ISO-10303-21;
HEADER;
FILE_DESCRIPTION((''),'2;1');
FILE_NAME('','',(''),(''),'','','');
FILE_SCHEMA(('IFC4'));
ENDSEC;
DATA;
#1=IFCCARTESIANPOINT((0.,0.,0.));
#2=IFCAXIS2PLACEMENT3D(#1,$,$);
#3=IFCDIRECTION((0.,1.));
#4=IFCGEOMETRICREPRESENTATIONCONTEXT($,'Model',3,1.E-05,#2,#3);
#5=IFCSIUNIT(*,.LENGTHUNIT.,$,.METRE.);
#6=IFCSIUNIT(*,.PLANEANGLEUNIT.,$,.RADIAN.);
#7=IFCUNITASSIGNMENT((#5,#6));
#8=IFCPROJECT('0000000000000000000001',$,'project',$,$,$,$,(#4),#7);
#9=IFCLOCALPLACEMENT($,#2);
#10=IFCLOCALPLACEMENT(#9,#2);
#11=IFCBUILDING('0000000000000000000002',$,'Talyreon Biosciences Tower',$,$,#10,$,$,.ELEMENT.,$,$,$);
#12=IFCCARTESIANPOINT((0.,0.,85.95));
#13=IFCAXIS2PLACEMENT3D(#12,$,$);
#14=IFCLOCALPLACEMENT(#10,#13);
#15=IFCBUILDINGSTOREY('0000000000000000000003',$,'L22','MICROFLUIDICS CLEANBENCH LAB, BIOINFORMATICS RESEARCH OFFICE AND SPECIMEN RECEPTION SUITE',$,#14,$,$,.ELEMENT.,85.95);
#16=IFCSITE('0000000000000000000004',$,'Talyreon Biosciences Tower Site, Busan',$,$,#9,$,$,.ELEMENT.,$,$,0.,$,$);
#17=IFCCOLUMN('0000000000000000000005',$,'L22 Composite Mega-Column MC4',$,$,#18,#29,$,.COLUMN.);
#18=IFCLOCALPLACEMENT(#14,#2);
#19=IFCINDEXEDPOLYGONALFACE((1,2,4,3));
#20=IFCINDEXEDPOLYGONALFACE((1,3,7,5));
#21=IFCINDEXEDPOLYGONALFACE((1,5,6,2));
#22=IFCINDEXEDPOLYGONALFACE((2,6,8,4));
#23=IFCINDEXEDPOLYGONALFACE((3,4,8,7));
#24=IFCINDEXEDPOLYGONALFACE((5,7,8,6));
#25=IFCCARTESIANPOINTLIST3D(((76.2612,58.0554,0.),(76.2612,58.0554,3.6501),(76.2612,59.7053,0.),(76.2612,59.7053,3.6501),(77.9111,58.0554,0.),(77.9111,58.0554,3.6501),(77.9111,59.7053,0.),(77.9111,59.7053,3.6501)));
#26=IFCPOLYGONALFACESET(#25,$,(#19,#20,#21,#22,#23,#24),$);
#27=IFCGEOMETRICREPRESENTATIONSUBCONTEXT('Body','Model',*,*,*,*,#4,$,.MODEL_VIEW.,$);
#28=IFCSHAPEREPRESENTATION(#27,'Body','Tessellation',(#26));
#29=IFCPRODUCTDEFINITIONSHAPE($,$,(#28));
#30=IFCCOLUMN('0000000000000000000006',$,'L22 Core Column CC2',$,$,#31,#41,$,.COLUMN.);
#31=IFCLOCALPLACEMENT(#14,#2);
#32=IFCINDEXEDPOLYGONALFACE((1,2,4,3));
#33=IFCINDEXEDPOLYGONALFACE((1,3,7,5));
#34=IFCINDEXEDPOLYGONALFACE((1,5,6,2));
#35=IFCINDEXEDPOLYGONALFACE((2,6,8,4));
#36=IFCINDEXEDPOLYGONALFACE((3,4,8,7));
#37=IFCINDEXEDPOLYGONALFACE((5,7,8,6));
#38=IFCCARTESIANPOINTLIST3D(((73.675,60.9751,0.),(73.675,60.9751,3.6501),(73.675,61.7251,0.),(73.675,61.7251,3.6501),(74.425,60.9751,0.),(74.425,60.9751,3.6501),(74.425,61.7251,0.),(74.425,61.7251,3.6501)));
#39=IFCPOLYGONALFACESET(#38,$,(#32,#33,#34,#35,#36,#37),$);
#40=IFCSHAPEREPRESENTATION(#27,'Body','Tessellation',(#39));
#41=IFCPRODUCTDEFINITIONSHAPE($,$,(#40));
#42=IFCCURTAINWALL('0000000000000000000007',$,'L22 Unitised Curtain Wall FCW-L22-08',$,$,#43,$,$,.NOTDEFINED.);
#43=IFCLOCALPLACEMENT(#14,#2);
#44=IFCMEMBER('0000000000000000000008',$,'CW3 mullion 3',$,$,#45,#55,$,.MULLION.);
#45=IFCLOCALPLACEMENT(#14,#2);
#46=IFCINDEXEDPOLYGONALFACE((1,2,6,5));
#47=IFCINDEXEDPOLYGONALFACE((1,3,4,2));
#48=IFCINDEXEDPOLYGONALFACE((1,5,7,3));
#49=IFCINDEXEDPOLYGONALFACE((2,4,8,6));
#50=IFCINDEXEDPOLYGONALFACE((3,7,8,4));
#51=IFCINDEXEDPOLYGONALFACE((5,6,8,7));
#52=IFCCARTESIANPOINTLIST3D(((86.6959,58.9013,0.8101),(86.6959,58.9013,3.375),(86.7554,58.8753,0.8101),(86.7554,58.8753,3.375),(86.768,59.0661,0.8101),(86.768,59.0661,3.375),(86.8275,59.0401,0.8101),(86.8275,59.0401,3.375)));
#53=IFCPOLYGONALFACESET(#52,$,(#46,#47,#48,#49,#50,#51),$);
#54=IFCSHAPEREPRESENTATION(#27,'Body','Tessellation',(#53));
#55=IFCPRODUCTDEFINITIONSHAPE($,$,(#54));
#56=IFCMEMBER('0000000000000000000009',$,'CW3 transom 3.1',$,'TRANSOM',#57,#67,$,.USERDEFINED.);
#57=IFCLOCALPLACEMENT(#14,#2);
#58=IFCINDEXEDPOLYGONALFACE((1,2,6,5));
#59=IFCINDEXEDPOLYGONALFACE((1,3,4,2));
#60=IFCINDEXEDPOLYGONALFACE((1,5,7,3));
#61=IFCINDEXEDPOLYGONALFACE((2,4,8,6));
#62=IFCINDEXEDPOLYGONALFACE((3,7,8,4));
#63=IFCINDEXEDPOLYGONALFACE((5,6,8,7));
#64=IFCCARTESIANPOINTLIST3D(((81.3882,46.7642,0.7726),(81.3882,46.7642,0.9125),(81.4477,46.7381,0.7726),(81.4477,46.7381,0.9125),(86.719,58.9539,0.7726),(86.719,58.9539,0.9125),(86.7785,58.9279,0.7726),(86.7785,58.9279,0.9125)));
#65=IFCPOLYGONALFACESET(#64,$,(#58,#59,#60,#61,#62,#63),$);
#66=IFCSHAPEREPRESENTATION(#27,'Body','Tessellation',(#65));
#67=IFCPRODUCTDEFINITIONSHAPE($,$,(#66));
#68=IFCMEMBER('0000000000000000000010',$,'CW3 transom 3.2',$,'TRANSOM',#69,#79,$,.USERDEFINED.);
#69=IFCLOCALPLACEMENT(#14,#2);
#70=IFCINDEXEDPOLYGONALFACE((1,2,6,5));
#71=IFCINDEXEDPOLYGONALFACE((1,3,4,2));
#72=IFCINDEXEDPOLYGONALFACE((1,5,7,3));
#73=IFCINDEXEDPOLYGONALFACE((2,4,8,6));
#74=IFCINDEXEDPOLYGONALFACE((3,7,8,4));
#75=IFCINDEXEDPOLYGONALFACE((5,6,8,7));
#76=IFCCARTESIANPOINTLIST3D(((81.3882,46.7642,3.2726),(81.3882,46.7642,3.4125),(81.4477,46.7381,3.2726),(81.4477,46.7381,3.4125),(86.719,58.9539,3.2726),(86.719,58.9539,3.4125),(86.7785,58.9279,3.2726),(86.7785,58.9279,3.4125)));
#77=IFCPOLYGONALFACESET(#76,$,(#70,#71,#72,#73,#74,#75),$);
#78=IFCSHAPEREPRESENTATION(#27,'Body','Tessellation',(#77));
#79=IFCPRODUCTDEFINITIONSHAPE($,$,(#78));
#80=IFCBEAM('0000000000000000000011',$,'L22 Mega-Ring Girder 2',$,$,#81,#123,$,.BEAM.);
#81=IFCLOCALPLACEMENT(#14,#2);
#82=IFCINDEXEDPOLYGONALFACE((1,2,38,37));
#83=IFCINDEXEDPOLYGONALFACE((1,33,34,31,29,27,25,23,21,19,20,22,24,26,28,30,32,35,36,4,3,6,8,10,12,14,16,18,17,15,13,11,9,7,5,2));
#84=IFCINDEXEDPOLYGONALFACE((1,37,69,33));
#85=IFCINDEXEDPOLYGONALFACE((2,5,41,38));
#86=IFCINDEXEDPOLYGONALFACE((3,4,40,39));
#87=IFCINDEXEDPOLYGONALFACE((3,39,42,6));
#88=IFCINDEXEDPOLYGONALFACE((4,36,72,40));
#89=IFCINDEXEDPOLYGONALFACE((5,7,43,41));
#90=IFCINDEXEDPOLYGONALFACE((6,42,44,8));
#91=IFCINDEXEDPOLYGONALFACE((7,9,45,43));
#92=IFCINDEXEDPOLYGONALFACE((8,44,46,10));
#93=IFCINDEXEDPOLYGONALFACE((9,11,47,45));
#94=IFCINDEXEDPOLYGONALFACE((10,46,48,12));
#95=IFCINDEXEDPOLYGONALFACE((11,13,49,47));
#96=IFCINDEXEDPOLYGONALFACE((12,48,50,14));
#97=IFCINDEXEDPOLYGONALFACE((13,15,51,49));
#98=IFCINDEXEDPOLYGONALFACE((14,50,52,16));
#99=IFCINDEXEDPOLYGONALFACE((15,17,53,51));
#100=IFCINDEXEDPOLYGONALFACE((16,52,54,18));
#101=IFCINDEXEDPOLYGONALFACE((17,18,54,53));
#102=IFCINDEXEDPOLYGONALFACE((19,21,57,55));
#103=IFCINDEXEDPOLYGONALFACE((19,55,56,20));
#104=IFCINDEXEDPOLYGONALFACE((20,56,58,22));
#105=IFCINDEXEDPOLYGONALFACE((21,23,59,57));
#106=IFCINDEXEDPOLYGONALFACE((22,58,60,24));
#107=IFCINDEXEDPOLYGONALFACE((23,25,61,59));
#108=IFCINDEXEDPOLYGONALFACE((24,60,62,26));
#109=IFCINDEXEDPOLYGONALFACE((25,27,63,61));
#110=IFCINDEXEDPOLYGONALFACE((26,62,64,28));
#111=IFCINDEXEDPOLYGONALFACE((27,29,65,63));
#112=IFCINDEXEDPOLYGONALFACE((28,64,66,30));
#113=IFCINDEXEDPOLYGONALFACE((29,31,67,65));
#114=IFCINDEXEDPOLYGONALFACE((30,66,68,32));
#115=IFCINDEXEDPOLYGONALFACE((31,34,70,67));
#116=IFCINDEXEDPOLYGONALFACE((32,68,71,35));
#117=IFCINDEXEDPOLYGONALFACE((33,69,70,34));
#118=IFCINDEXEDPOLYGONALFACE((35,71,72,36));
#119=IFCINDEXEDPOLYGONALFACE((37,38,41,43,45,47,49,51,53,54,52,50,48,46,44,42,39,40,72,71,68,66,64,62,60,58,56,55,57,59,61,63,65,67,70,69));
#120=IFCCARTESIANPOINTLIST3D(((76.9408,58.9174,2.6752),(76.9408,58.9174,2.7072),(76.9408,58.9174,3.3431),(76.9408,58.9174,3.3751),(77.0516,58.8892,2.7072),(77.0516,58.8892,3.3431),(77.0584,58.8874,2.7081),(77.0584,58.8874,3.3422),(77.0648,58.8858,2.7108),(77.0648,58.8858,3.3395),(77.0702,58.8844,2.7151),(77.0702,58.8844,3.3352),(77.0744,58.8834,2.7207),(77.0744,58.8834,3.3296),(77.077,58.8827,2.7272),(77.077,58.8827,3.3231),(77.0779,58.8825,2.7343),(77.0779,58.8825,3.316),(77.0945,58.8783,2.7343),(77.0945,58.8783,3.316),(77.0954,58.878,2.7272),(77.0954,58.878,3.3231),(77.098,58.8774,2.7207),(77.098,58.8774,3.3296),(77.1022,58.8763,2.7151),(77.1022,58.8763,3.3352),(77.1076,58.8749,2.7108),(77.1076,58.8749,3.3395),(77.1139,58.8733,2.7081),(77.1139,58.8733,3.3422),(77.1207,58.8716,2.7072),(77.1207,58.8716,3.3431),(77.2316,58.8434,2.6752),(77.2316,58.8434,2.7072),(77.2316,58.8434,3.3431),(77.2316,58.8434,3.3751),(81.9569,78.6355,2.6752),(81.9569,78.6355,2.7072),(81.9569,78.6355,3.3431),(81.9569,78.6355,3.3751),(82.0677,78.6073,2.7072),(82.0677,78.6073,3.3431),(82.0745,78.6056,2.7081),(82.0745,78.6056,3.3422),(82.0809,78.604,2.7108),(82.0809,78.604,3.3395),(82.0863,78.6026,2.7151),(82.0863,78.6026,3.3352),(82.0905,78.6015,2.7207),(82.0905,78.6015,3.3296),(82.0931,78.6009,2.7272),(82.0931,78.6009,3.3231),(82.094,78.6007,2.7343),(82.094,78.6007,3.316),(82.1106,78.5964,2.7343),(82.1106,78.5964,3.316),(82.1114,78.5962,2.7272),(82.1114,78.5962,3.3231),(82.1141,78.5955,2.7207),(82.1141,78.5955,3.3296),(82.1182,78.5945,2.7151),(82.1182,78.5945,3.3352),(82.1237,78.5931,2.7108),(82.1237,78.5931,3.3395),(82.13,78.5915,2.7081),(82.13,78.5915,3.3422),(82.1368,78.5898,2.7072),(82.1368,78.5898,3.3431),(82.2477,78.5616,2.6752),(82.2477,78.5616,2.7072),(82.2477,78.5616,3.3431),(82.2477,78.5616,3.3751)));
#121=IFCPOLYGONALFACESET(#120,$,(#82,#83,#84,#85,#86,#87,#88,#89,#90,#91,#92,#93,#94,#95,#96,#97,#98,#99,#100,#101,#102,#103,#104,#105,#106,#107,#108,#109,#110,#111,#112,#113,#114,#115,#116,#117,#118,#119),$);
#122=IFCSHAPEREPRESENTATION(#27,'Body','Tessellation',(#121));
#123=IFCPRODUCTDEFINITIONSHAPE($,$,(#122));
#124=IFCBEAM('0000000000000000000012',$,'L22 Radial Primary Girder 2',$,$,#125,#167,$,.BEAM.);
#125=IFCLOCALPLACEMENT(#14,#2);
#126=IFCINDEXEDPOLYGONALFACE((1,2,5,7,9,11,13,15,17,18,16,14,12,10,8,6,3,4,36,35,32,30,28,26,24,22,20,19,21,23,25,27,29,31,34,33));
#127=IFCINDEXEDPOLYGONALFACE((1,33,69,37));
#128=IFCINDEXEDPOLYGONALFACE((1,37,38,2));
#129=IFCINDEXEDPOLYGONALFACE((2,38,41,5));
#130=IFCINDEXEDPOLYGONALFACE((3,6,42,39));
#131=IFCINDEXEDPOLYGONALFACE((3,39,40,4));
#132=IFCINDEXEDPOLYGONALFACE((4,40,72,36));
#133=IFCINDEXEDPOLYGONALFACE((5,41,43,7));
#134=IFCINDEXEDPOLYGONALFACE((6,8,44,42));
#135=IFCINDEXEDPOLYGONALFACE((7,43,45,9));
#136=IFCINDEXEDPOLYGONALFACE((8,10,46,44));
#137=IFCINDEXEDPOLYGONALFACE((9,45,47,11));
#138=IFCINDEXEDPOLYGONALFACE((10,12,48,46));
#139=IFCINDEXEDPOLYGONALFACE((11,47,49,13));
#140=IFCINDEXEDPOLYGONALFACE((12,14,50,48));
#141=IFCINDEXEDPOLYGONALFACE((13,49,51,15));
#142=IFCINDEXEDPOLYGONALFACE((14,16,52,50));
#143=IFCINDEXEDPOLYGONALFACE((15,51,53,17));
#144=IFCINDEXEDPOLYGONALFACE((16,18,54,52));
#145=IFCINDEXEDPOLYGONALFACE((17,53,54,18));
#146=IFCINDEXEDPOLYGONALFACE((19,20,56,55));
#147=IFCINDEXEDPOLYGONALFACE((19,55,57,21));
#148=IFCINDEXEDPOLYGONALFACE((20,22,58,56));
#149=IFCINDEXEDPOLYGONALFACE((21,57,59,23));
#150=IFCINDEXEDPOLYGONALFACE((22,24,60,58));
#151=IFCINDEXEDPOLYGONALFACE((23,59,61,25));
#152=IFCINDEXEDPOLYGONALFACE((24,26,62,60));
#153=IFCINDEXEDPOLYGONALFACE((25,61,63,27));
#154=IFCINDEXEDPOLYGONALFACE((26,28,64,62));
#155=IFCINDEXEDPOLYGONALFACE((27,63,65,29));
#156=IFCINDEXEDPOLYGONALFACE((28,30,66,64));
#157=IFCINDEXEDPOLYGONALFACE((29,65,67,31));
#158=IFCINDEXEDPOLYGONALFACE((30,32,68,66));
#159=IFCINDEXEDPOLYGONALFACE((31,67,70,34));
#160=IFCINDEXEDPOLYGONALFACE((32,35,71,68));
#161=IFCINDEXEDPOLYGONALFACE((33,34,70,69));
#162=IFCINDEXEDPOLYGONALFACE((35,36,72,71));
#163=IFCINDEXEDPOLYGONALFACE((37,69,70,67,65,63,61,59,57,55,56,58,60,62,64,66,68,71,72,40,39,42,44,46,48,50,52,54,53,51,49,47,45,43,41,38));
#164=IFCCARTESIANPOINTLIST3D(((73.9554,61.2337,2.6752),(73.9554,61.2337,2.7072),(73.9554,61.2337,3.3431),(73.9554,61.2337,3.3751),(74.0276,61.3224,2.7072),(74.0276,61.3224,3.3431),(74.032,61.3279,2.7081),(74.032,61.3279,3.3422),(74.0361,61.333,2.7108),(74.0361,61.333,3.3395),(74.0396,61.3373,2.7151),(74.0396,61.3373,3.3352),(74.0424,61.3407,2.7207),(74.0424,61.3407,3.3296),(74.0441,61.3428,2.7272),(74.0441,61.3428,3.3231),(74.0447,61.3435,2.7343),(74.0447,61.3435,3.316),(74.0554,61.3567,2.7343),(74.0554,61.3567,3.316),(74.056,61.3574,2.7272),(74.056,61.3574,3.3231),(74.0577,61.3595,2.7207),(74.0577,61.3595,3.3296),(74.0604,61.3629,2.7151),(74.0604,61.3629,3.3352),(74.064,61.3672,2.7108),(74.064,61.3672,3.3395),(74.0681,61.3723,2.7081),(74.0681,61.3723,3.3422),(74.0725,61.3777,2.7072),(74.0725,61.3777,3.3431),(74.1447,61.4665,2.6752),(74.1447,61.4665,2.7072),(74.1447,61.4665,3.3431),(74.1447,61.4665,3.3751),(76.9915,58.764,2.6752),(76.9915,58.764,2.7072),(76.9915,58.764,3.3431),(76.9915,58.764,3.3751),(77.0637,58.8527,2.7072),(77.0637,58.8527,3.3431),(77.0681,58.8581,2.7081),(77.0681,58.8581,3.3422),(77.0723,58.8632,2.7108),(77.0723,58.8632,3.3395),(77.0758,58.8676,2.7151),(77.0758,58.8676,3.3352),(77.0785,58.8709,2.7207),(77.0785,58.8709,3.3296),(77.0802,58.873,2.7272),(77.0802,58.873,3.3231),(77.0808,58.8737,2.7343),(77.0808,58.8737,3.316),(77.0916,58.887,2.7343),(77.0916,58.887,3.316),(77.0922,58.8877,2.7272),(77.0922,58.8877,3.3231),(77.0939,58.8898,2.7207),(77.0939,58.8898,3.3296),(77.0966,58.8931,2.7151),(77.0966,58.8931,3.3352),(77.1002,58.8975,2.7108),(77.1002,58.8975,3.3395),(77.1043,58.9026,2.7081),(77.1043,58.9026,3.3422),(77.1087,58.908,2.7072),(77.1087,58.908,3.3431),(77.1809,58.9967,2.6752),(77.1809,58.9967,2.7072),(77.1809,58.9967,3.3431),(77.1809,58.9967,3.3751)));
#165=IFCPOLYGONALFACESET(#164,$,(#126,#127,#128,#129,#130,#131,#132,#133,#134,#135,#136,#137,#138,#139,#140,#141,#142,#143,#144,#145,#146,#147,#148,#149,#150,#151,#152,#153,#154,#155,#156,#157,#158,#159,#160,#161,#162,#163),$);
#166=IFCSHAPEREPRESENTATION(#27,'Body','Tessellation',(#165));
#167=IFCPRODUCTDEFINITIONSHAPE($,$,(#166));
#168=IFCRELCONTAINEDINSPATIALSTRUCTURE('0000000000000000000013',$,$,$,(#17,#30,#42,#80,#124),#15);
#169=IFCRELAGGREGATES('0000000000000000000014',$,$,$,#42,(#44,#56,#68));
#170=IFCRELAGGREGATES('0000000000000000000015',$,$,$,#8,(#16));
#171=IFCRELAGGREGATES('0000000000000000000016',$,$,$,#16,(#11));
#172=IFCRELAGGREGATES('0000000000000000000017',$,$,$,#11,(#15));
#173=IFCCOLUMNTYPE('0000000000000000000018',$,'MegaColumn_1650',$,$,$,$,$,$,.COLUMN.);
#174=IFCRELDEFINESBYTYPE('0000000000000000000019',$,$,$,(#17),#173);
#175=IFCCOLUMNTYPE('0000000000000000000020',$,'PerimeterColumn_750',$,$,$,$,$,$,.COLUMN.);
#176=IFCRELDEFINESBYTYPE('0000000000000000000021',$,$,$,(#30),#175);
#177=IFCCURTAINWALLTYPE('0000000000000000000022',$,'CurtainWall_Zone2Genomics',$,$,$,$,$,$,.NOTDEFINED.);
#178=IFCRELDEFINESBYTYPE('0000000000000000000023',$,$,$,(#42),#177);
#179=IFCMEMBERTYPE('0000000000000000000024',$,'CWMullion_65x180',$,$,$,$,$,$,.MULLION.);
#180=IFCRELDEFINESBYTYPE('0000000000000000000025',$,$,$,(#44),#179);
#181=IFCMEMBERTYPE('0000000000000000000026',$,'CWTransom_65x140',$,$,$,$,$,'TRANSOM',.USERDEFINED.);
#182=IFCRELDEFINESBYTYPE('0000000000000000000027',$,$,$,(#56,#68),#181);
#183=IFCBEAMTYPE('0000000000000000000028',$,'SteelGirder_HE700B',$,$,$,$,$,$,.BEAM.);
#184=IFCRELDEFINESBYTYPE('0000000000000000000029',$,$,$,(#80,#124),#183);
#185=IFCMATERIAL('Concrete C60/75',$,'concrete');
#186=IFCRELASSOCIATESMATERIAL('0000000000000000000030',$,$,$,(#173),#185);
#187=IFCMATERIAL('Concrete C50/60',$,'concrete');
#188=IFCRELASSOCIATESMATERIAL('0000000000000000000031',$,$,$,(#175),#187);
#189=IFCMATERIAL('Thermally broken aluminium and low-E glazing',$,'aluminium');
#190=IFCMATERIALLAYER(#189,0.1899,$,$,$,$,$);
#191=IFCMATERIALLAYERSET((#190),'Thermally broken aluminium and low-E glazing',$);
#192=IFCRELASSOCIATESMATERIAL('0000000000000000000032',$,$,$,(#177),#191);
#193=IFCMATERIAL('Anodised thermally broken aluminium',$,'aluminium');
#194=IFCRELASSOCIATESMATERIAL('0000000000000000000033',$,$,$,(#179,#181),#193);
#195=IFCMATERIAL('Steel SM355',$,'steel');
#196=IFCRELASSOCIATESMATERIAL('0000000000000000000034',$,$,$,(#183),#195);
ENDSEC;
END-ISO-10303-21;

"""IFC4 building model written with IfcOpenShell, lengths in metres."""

from ifc_helpers import new_model, si_unit, direction, frame, origin, origin_2d, place, context, subcontext, project, spatial, rectangle, i_section, extrude, material, layer, layer_set, material_profile, profile_set, type_object, element, aggregate, save


model = new_model("IFC4")

# Units and contexts
model_context = context("Model", 3, precision=1e-05, world=origin(), true_north=direction((0.0, 1.0)))
body_context = subcontext(model_context, "Body", "Model", "MODEL_VIEW")
ifc_project = project(units=[si_unit("LENGTHUNIT", "METRE"), si_unit("PLANEANGLEUNIT", "RADIAN")], contexts=[model_context])

# Site, building, storey
site_placement = place(None, origin())
site = spatial("IfcSite", under=ifc_project, at=site_placement, Name="Talyreon Biosciences Tower Site, Busan", CompositionType="ELEMENT", RefElevation=0.0)
building_placement = place(site_placement, origin())
building = spatial("IfcBuilding", under=site, at=building_placement, Name="Talyreon Biosciences Tower", CompositionType="ELEMENT")
storey_placement = place(building_placement, frame((0.0, 0.0, 85.95)))
storey = spatial("IfcBuildingStorey", under=building, at=storey_placement, Name="L22", Description="MICROFLUIDICS CLEANBENCH LAB, BIOINFORMATICS RESEARCH OFFICE AND SPECIMEN RECEPTION SUITE", CompositionType="ELEMENT", Elevation=85.95)

# Columns
ifc_material_1 = material(Name="Concrete C60/75", Category="concrete")
ifc_material_profile_1 = material_profile(ifc_material_1, rectangle(XDim=1.6499, YDim=1.6499, at=origin_2d()), Name="RC 1650x1650")
ifc_profile_set_1 = profile_set([ifc_material_profile_1], Name="Concrete C60/75")
column_type_1 = type_object("IfcColumnType", Name="MegaColumn_1650", PredefinedType="COLUMN", material=ifc_profile_set_1)
column_1_placement = place(storey_placement, frame((77.0862, 58.8804, 0.0), z_axis=(0.0, 0.0, 1.0), x_axis=(1.0, 0.0, 0.0)))
element("IfcColumn", 1, at=column_1_placement, inside=storey, type_object=column_type_1, Name="L22 Composite Mega-Column MC4", PredefinedType="COLUMN", context=body_context, shape_type="SweptSolid", body=[
    extrude(rectangle(XDim=1.6499, YDim=1.6499, at=origin_2d()), origin(), (0.0, 0.0, 1.0), 3.6501),
])
ifc_material_2 = material(Name="Concrete C50/60", Category="concrete")
ifc_material_profile_2 = material_profile(ifc_material_2, rectangle(XDim=0.75, YDim=0.75, at=origin_2d()), Name="RC 750x750")
ifc_profile_set_2 = profile_set([ifc_material_profile_2], Name="Concrete C50/60")
column_type_2 = type_object("IfcColumnType", Name="PerimeterColumn_750", PredefinedType="COLUMN", material=ifc_profile_set_2)
column_2_placement = place(storey_placement, frame((74.05, 61.3501, 0.0), z_axis=(0.0, 0.0, 1.0), x_axis=(1.0, 0.0, 0.0)))
element("IfcColumn", 2, at=column_2_placement, inside=storey, type_object=column_type_2, Name="L22 Core Column CC2", PredefinedType="COLUMN", context=body_context, shape_type="SweptSolid", body=[
    extrude(rectangle(XDim=0.75, YDim=0.75, at=origin_2d()), origin(), (0.0, 0.0, 1.0), 3.6501),
])

# Curtain wall, members
ifc_material_3 = material(Name="Thermally broken aluminium and low-E glazing", Category="aluminium")
ifc_layer_1 = layer(ifc_material_3, 0.1899)
ifc_layer_set_1 = layer_set([ifc_layer_1], Name="Thermally broken aluminium and low-E glazing")
curtain_wall_type = type_object("IfcCurtainWallType", Name="CurtainWall_Zone2Genomics", PredefinedType="NOTDEFINED", material=ifc_layer_set_1)
curtain_wall_placement = place(storey_placement, origin())
curtain_wall = element("IfcCurtainWall", 3, at=curtain_wall_placement, inside=storey, type_object=curtain_wall_type, Name="L22 Unitised Curtain Wall FCW-L22-08", PredefinedType="NOTDEFINED")
ifc_material_4 = material(Name="Anodised thermally broken aluminium", Category="aluminium")
ifc_material_profile_3 = material_profile(ifc_material_4, rectangle(XDim=0.0649, YDim=0.1799, at=origin_2d()), Name="ALUM MULLION 65x180")
ifc_profile_set_3 = profile_set([ifc_material_profile_3], Name="Anodised thermally broken aluminium")
member_type_1 = type_object("IfcMemberType", Name="CWMullion_65x180", PredefinedType="MULLION", material=ifc_profile_set_3)
member_1_placement = place(storey_placement, frame((86.7617, 58.9707, 0.8101), z_axis=(0.0, 0.0, 1.0), x_axis=(0.916214, -0.400689, 0.0)))
member_1 = element("IfcMember", 4, at=member_1_placement, type_object=member_type_1, Name="CW3 mullion 3", PredefinedType="MULLION", context=body_context, shape_type="SweptSolid", body=[
    extrude(rectangle(XDim=0.0649, YDim=0.1799, at=origin_2d()), origin(), (0.0, 0.0, 1.0), 2.5649),
])
ifc_material_profile_4 = material_profile(ifc_material_4, rectangle(XDim=0.0649, YDim=0.1399, at=origin_2d()), Name="ALUM TRANSOM 65x140")
ifc_profile_set_4 = profile_set([ifc_material_profile_4], Name="Anodised thermally broken aluminium")
member_type_2 = type_object("IfcMemberType", Name="CWTransom_65x140", ElementType="TRANSOM", PredefinedType="USERDEFINED", material=ifc_profile_set_4)
member_2_placement = place(storey_placement, frame((86.7488, 58.9409, 0.8425), z_axis=(-0.400681, -0.916218, 0.0), x_axis=(0.916218, -0.400681, 0.0)))
member_2 = element("IfcMember", 5, at=member_2_placement, type_object=member_type_2, Name="CW3 transom 3.1", ObjectType="TRANSOM", PredefinedType="USERDEFINED", context=body_context, shape_type="SweptSolid", body=[
    extrude(rectangle(XDim=0.0649, YDim=0.1399, at=origin_2d()), origin(), (0.0, 0.0, 1.0), 13.3044),
])
member_3_placement = place(storey_placement, frame((86.7488, 58.9409, 3.3425), z_axis=(-0.400681, -0.916218, 0.0), x_axis=(0.916218, -0.400681, 0.0)))
member_3 = element("IfcMember", 6, at=member_3_placement, type_object=member_type_2, Name="CW3 transom 3.2", ObjectType="TRANSOM", PredefinedType="USERDEFINED", context=body_context, shape_type="SweptSolid", body=[
    extrude(rectangle(XDim=0.0649, YDim=0.1399, at=origin_2d()), origin(), (0.0, 0.0, 1.0), 13.3044),
])

# Beams
ifc_material_5 = material(Name="Steel SM355", Category="steel")
ifc_material_profile_5 = material_profile(ifc_material_5, i_section(OverallWidth=0.3, OverallDepth=0.7, WebThickness=0.0171, FlangeThickness=0.032, FilletRadius=0.0271, at=origin_2d()), Name="HE700B")
ifc_profile_set_5 = profile_set([ifc_material_profile_5], Name="Steel SM355")
beam_type_1 = type_object("IfcBeamType", Name="SteelGirder_HE700B", PredefinedType="BEAM", material=ifc_profile_set_5)
beam_1_placement = place(storey_placement, frame((77.0862, 58.8804, 3.0251), z_axis=(0.246537, 0.969133, 0.0), x_axis=(-0.969133, 0.246537, 0.0)))
element("IfcBeam", 7, at=beam_1_placement, inside=storey, type_object=beam_type_1, Name="L22 Mega-Ring Girder 2", PredefinedType="BEAM", context=body_context, shape_type="SweptSolid", body=[
    extrude(i_section(OverallWidth=0.3, OverallDepth=0.7, WebThickness=0.0171, FlangeThickness=0.032, FilletRadius=0.0271, at=origin_2d()), origin(), (0.0, 0.0, 1.0), 20.3462),
])
beam_2_placement = place(storey_placement, frame((74.05, 61.3501, 3.0251), z_axis=(0.775755, -0.631034, 0.0), x_axis=(0.631034, 0.775755, 0.0)))
element("IfcBeam", 8, at=beam_2_placement, inside=storey, type_object=beam_type_1, Name="L22 Radial Primary Girder 2", PredefinedType="BEAM", context=body_context, shape_type="SweptSolid", body=[
    extrude(i_section(OverallWidth=0.3, OverallDepth=0.7, WebThickness=0.0171, FlangeThickness=0.032, FilletRadius=0.0271, at=origin_2d()), origin(), (0.0, 0.0, 1.0), 3.9138),
])

aggregate(curtain_wall, [member_1, member_2, member_3])

save(model, "model.ifc")
